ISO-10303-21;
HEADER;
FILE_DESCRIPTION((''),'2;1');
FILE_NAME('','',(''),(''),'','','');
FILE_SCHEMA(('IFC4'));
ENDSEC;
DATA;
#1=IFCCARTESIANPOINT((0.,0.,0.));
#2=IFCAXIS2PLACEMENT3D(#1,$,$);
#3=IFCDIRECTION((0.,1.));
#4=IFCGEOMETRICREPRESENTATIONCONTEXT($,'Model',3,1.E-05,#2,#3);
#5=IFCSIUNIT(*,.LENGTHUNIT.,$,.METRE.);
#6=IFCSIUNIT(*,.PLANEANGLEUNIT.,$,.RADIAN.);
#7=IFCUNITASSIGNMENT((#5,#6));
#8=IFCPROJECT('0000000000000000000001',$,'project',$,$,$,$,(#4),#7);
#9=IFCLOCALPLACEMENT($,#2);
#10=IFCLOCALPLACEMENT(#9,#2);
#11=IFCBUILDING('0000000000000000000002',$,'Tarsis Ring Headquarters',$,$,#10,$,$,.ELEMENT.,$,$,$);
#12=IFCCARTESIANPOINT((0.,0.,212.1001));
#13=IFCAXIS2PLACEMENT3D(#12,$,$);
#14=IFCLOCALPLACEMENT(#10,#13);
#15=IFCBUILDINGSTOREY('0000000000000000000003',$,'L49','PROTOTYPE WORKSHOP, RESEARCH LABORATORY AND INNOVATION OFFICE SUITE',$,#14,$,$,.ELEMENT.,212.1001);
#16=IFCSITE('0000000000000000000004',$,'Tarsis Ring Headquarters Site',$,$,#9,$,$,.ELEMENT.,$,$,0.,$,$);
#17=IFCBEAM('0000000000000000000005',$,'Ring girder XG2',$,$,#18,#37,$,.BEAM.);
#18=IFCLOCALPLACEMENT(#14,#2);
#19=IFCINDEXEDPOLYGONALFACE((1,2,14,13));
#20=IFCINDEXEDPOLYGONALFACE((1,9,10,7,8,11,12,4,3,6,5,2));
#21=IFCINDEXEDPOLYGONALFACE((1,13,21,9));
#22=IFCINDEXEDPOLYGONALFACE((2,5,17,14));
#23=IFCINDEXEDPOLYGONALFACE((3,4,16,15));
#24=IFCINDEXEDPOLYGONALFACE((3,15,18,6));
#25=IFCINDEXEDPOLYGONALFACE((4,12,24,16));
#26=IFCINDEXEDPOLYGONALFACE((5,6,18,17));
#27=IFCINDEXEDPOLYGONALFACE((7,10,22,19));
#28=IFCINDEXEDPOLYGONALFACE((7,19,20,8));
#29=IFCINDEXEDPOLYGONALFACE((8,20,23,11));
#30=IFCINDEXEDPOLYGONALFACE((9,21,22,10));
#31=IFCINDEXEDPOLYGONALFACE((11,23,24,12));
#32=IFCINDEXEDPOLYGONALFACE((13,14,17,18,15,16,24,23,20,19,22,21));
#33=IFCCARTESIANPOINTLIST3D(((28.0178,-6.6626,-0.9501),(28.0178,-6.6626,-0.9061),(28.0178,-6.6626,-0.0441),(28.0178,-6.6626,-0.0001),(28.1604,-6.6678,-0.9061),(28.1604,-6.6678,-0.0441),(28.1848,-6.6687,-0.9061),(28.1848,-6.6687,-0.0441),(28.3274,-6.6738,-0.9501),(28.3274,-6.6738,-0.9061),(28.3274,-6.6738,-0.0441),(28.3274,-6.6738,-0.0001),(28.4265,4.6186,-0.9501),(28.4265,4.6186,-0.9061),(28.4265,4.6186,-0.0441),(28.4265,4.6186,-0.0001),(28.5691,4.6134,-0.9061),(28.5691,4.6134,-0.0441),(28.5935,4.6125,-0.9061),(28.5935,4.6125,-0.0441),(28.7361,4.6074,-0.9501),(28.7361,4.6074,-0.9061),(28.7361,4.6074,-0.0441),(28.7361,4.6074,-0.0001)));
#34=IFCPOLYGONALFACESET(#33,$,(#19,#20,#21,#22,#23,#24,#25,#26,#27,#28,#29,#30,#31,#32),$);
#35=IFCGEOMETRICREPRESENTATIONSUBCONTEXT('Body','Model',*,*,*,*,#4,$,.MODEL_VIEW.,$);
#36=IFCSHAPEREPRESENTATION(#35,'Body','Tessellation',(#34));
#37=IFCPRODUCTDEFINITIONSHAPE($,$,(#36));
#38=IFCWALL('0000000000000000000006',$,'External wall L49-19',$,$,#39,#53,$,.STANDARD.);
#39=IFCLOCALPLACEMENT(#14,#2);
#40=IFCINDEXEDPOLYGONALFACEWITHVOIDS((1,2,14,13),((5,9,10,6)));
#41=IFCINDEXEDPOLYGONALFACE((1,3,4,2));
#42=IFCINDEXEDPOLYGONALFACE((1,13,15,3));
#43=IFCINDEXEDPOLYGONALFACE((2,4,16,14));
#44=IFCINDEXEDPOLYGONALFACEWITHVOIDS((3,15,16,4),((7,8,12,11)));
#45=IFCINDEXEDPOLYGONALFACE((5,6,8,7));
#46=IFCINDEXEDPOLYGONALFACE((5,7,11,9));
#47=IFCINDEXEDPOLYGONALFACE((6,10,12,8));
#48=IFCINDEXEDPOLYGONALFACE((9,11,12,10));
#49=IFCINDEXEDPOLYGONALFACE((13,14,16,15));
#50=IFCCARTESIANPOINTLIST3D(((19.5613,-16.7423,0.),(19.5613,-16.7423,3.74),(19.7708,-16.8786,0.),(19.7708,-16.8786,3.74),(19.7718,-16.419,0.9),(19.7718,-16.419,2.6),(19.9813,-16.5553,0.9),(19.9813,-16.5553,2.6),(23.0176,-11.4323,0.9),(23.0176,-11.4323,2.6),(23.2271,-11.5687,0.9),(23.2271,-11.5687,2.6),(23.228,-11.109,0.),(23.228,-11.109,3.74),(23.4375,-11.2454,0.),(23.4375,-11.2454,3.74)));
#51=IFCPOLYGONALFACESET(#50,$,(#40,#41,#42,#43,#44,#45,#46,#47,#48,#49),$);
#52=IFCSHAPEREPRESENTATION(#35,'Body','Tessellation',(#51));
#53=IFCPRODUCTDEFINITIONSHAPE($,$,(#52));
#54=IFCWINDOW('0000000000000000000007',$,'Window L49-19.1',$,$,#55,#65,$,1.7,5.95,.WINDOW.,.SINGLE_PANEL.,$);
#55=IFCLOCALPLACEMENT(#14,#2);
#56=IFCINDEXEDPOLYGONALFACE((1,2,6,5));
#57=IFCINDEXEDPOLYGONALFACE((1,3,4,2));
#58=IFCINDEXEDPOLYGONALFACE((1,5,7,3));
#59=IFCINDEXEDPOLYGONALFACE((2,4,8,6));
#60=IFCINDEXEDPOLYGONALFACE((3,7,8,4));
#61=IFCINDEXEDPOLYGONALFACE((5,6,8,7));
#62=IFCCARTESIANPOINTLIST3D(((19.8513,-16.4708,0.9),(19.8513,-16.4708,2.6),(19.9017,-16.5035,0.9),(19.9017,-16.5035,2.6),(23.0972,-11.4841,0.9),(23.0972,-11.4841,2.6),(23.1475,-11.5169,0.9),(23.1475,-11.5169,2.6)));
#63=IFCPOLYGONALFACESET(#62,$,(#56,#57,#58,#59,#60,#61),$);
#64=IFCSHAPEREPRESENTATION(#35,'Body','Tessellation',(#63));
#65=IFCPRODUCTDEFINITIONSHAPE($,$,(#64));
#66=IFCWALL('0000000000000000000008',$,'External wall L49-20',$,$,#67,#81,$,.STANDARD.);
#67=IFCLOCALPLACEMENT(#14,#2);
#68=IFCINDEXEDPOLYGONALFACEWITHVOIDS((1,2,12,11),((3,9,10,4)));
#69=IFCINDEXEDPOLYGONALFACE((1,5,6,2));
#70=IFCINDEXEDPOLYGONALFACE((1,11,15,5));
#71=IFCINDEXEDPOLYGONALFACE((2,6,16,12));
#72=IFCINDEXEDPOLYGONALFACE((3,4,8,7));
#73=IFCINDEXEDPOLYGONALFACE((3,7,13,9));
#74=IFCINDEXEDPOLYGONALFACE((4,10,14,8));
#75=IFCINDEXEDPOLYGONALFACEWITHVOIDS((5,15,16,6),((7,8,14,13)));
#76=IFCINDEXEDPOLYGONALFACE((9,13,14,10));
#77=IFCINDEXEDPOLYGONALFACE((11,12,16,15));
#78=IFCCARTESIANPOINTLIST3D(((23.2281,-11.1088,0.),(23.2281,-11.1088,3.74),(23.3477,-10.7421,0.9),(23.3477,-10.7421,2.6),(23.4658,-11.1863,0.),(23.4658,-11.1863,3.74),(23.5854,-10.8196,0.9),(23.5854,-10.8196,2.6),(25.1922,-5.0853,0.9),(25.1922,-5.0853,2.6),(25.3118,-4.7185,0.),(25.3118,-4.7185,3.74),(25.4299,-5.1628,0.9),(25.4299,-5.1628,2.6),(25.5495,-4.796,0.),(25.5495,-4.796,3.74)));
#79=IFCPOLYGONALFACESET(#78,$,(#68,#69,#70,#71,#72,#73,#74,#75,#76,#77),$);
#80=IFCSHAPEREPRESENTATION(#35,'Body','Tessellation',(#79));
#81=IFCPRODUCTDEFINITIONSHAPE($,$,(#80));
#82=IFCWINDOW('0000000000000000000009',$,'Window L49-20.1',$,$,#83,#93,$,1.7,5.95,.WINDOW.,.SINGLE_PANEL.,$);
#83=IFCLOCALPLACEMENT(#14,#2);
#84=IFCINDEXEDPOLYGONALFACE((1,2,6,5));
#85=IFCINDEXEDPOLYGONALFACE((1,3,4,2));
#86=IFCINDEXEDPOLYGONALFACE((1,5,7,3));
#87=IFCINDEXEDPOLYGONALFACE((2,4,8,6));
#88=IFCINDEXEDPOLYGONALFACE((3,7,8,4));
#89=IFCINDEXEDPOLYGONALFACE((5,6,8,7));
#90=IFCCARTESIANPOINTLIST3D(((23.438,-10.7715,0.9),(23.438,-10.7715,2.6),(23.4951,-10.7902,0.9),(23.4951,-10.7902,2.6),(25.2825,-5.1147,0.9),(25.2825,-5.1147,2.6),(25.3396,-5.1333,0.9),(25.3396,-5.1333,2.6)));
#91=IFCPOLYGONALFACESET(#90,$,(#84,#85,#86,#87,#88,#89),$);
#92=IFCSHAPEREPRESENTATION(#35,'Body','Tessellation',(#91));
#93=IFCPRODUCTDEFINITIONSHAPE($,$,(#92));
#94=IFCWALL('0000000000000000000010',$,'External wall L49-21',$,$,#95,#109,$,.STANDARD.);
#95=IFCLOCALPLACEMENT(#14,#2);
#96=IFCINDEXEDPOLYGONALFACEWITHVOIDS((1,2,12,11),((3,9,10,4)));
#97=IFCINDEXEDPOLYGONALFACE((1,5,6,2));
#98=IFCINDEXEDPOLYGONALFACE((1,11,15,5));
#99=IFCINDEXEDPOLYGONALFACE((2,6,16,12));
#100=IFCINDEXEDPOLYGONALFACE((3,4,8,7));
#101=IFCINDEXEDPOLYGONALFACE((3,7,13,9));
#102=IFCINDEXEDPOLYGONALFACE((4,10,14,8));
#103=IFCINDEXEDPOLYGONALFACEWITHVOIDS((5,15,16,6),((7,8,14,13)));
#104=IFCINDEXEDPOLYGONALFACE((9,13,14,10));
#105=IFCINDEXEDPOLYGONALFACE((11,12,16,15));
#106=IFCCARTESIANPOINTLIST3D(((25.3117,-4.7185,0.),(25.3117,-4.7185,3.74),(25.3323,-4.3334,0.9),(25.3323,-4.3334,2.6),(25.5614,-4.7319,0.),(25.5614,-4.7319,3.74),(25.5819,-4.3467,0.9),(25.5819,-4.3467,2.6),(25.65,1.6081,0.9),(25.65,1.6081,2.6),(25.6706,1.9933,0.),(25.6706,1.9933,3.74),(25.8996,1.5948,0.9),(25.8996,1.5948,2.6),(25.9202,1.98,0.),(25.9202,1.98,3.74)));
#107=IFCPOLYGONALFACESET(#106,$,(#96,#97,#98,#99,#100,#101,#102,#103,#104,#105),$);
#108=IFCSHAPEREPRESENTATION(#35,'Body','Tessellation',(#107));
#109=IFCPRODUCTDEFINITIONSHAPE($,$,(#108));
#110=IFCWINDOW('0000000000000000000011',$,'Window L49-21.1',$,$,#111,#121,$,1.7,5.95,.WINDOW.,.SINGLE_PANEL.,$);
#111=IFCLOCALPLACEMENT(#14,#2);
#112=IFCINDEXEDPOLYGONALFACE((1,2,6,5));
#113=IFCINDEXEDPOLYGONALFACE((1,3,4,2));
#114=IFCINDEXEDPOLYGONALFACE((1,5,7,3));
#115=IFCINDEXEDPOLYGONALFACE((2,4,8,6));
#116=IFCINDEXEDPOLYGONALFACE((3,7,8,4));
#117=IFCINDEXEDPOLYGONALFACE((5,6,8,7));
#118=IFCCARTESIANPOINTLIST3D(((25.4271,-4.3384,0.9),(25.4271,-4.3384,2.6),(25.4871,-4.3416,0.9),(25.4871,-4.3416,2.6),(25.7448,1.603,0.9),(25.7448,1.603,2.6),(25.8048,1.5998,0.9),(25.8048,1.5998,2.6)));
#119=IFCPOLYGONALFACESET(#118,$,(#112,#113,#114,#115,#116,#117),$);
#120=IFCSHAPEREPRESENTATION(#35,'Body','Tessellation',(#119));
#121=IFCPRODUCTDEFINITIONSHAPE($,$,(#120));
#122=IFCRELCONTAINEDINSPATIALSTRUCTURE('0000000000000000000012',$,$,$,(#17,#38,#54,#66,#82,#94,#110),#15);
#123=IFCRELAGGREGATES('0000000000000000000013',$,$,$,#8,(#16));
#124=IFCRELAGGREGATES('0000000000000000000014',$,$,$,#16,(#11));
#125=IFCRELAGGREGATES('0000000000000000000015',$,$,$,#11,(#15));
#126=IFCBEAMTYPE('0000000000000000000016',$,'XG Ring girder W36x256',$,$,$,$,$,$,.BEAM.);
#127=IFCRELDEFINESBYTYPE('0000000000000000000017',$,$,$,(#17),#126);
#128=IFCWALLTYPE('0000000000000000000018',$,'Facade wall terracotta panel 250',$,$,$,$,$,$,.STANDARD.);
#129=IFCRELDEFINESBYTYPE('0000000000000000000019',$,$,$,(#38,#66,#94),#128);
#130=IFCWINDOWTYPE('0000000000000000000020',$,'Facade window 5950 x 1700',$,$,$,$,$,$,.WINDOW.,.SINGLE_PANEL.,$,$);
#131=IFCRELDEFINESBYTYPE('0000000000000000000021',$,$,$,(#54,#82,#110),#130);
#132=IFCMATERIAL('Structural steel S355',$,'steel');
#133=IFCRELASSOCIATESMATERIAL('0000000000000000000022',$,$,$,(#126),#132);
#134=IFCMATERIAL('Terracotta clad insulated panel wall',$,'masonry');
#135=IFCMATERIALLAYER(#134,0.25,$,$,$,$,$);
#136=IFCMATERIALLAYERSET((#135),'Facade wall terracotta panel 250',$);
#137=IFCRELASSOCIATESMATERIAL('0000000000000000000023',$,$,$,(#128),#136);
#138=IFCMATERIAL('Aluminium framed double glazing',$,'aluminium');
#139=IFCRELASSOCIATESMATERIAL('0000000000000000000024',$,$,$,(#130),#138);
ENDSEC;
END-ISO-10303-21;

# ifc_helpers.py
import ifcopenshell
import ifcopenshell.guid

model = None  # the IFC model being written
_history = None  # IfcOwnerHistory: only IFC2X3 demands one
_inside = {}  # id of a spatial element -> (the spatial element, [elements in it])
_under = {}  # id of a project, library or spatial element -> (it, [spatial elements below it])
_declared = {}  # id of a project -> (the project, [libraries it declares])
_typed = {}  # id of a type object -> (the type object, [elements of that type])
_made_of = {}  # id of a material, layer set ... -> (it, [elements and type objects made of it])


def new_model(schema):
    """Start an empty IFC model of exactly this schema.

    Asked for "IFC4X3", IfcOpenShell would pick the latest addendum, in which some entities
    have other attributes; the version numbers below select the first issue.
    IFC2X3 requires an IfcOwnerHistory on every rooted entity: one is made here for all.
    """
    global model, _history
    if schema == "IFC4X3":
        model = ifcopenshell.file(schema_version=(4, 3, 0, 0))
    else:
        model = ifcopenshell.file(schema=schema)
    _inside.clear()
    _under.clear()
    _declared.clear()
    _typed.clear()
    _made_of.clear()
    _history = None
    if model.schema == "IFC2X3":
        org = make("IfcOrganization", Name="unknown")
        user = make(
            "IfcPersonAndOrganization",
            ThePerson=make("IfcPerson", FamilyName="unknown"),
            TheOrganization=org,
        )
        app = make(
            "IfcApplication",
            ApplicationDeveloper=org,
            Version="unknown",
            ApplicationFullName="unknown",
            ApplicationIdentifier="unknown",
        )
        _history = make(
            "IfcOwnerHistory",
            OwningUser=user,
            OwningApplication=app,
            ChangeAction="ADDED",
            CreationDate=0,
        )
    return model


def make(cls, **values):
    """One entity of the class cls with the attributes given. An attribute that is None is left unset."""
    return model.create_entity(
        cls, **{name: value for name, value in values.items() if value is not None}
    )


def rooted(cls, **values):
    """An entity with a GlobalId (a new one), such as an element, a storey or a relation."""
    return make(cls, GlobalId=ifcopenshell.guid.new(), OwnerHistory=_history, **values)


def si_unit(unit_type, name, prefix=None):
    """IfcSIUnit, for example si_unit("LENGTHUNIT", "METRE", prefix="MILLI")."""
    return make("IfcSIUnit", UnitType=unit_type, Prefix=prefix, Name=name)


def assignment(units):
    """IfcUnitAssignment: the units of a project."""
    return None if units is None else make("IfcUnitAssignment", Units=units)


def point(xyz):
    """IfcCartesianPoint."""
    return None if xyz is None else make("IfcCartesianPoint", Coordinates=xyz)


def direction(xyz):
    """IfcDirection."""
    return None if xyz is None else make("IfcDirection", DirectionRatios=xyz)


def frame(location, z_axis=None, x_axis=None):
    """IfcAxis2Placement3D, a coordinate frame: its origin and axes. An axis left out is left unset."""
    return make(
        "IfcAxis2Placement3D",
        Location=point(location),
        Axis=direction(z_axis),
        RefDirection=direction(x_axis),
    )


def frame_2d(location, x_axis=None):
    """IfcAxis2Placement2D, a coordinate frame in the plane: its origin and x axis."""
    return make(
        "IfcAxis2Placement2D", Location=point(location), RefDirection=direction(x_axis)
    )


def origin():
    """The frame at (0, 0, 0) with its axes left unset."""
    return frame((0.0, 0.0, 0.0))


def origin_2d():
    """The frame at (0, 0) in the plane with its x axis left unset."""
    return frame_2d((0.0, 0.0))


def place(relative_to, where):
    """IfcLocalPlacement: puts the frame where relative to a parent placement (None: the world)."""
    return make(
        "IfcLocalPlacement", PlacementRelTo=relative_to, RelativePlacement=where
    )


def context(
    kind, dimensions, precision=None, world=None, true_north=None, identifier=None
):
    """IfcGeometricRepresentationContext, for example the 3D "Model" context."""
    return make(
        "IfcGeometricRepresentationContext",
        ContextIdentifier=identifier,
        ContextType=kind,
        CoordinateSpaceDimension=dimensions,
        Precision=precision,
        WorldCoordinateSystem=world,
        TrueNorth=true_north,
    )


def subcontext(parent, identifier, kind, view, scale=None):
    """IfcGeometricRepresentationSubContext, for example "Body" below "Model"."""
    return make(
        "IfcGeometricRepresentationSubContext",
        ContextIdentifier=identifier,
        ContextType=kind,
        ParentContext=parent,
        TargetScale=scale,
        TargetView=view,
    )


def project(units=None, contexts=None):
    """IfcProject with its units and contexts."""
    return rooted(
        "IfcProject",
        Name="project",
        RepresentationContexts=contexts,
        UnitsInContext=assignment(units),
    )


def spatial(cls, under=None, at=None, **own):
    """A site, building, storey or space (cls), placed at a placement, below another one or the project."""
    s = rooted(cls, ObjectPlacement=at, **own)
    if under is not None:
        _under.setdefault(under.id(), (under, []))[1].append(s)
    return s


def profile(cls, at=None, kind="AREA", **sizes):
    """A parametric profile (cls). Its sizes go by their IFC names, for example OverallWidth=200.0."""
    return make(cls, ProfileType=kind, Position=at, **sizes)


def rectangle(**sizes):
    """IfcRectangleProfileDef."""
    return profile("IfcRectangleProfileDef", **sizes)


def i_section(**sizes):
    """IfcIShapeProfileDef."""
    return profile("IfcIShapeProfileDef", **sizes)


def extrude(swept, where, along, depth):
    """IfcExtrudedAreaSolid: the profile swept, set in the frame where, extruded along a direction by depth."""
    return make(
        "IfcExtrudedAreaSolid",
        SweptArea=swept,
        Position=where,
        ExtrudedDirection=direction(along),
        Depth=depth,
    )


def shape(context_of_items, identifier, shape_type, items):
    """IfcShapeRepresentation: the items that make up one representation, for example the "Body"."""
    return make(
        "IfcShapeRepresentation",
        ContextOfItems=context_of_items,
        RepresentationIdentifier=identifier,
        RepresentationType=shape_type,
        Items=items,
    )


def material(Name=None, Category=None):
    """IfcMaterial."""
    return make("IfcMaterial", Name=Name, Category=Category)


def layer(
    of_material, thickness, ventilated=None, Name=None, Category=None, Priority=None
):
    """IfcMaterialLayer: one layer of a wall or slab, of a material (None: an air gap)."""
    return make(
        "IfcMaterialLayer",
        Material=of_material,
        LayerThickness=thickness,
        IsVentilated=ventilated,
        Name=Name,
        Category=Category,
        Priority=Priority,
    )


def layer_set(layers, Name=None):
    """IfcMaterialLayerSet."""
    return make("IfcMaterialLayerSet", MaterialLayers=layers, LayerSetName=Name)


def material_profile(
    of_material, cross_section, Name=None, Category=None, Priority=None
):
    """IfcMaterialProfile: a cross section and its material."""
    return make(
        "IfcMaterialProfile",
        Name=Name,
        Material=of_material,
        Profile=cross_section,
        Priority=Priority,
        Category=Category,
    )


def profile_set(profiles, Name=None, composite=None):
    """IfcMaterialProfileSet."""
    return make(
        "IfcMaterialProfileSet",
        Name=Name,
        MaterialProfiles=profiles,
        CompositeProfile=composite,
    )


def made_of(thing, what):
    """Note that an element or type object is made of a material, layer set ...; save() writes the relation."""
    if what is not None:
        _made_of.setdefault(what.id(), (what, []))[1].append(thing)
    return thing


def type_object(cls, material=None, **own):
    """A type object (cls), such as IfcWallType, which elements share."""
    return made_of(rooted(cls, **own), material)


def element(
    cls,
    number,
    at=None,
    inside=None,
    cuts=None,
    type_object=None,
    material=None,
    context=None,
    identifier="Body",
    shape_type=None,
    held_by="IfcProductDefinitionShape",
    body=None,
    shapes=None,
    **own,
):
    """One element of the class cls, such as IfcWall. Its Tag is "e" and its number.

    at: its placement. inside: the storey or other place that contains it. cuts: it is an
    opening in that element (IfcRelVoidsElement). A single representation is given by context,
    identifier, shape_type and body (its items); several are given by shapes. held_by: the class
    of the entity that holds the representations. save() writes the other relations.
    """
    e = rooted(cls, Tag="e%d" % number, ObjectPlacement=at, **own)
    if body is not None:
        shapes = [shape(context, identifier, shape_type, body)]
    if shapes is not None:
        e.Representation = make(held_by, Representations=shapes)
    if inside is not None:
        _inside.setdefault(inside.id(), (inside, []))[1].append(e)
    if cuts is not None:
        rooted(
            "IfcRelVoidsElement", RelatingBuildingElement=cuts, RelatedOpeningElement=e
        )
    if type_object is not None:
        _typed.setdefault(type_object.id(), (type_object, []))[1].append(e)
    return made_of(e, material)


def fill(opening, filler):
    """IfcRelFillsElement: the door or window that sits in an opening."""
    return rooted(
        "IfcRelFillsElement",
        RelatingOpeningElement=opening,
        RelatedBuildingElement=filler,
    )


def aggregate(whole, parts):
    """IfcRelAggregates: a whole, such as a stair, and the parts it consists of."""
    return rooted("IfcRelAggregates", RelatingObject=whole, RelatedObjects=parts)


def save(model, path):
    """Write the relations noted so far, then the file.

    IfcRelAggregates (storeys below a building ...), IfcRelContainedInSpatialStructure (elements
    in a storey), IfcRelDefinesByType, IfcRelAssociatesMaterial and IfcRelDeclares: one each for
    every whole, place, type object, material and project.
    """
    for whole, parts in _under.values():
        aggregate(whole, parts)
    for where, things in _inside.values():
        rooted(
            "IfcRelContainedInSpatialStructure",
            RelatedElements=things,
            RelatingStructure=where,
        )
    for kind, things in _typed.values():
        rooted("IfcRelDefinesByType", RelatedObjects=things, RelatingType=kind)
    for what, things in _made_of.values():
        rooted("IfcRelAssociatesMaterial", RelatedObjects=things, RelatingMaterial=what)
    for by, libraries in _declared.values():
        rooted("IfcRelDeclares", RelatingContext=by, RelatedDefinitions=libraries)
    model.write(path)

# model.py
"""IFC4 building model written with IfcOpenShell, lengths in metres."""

from ifc_helpers import new_model, si_unit, direction, frame, frame_2d, origin, origin_2d, place, context, subcontext, project, spatial, rectangle, i_section, extrude, material, layer, layer_set, material_profile, profile_set, type_object, element, fill, save


model = new_model("IFC4")

# Units and contexts
model_context = context("Model", 3, precision=1e-05, world=origin(), true_north=direction((0.0, 1.0)))
body_context = subcontext(model_context, "Body", "Model", "MODEL_VIEW")
ifc_project = project(units=[si_unit("LENGTHUNIT", "METRE"), si_unit("PLANEANGLEUNIT", "RADIAN")], contexts=[model_context])

# Site, building, storey
site_placement = place(None, origin())
site = spatial("IfcSite", under=ifc_project, at=site_placement, Name="Tarsis Ring Headquarters Site", CompositionType="ELEMENT", RefElevation=0.0)
building_placement = place(site_placement, origin())
building = spatial("IfcBuilding", under=site, at=building_placement, Name="Tarsis Ring Headquarters", CompositionType="ELEMENT")
storey_placement = place(building_placement, frame((0.0, 0.0, 212.1001)))
storey = spatial("IfcBuildingStorey", under=building, at=storey_placement, Name="L49", Description="PROTOTYPE WORKSHOP, RESEARCH LABORATORY AND INNOVATION OFFICE SUITE", CompositionType="ELEMENT", Elevation=212.1001)

# Shared definitions
ifc_material_1 = material(Name="Structural steel S355", Category="steel")

# Beam
ifc_material_profile_1 = material_profile(ifc_material_1, i_section(OverallWidth=0.3098, OverallDepth=0.95, WebThickness=0.0244, FlangeThickness=0.0439, at=origin_2d()), Name="W36x256")
ifc_profile_set_1 = profile_set([ifc_material_profile_1], Name="Structural steel S355")
beam_type = type_object("IfcBeamType", Name="XG Ring girder W36x256", PredefinedType="BEAM", material=ifc_profile_set_1)
beam_1_placement = place(storey_placement, frame((28.1726, -6.6682, -0.4751), z_axis=(0.036204, 0.999344, 0.0), x_axis=(-0.999344, 0.036204, 0.0)))
element("IfcBeam", 1, at=beam_1_placement, inside=storey, type_object=beam_type, Name="Ring girder XG2", PredefinedType="BEAM", context=body_context, shape_type="SweptSolid", body=[
    extrude(i_section(OverallWidth=0.3098, OverallDepth=0.95, WebThickness=0.0244, FlangeThickness=0.0439, at=origin_2d()), origin(), (0.0, 0.0, 1.0), 11.2886),
])

# Walls, openings, windows
ifc_material_2 = material(Name="Terracotta clad insulated panel wall", Category="masonry")
ifc_layer = layer(ifc_material_2, 0.25)
ifc_layer_set = layer_set([ifc_layer], Name="Facade wall terracotta panel 250")
wall_type = type_object("IfcWallType", Name="Facade wall terracotta panel 250", PredefinedType="STANDARD", material=ifc_layer_set)
wall_1_placement = place(storey_placement, frame((19.666, -16.8105, 0.0), z_axis=(0.0, 0.0, 1.0), x_axis=(0.545522, 0.838097, 0.0)))
wall_1 = element("IfcWall", 2, at=wall_1_placement, inside=storey, type_object=wall_type, Name="External wall L49-19", PredefinedType="STANDARD", context=body_context, shape_type="SweptSolid", body=[
    extrude(rectangle(XDim=6.7214, YDim=0.25, at=frame_2d((3.3608, 0.0))), origin(), (0.0, 0.0, 1.0), 3.74),
])
opening_1_placement = place(wall_1_placement, frame((0.3857, 0.0, 0.8999)))
opening_1 = element("IfcOpeningElement", 3, at=opening_1_placement, cuts=wall_1, PredefinedType="OPENING", context=body_context, shape_type="SweptSolid", body=[
    extrude(rectangle(XDim=5.95, YDim=1.7, at=frame_2d((2.9751, 0.8501))), frame((0.0, 0.135, 0.0), z_axis=(0.0, -1.0, 0.0), x_axis=(1.0, 0.0, 0.0)), (0.0, 0.0, 1.0), 0.27),
])
ifc_material_3 = material(Name="Aluminium framed double glazing", Category="aluminium")
window_type = type_object("IfcWindowType", Name="Facade window 5950 x 1700", PartitioningType="SINGLE_PANEL", PredefinedType="WINDOW", material=ifc_material_3)
window_1_placement = place(opening_1_placement, origin())
window_1 = element("IfcWindow", 4, at=window_1_placement, inside=storey, type_object=window_type, Name="Window L49-19.1", OverallHeight=1.7, OverallWidth=5.95, PartitioningType="SINGLE_PANEL", PredefinedType="WINDOW", context=body_context, shape_type="SweptSolid", body=[
    extrude(rectangle(XDim=5.95, YDim=1.7, at=frame_2d((2.9751, 0.8501))), frame((0.0, 0.03, 0.0), z_axis=(0.0, -1.0, 0.0), x_axis=(1.0, 0.0, 0.0)), (0.0, 0.0, 1.0), 0.0601),
])
fill(opening_1, window_1)
wall_2_placement = place(storey_placement, frame((23.3469, -11.1477, 0.0), z_axis=(0.0, 0.0, 1.0), x_axis=(0.31001, 0.950733, 0.0)))
wall_2 = element("IfcWall", 5, at=wall_2_placement, inside=storey, type_object=wall_type, Name="External wall L49-20", PredefinedType="STANDARD", context=body_context, shape_type="SweptSolid", body=[
    extrude(rectangle(XDim=6.7214, YDim=0.25, at=frame_2d((3.3608, 0.0))), origin(), (0.0, 0.0, 1.0), 3.74),
])
opening_2_placement = place(wall_2_placement, frame((0.3857, 0.0, 0.8999)))
opening_2 = element("IfcOpeningElement", 6, at=opening_2_placement, cuts=wall_2, PredefinedType="OPENING", context=body_context, shape_type="SweptSolid", body=[
    extrude(rectangle(XDim=5.95, YDim=1.7, at=frame_2d((2.9751, 0.8501))), frame((0.0, 0.135, 0.0), z_axis=(0.0, -1.0, 0.0), x_axis=(1.0, 0.0, 0.0)), (0.0, 0.0, 1.0), 0.27),
])
window_2_placement = place(opening_2_placement, origin())
window_2 = element("IfcWindow", 7, at=window_2_placement, inside=storey, type_object=window_type, Name="Window L49-20.1", OverallHeight=1.7, OverallWidth=5.95, PartitioningType="SINGLE_PANEL", PredefinedType="WINDOW", context=body_context, shape_type="SweptSolid", body=[
    extrude(rectangle(XDim=5.95, YDim=1.7, at=frame_2d((2.9751, 0.8501))), frame((0.0, 0.03, 0.0), z_axis=(0.0, -1.0, 0.0), x_axis=(1.0, 0.0, 0.0)), (0.0, 0.0, 1.0), 0.0601),
])
fill(opening_2, window_2)
wall_3_placement = place(storey_placement, frame((25.4365, -4.7253, 0.0), z_axis=(0.0, 0.0, 1.0), x_axis=(0.053394, 0.998574, 0.0)))
wall_3 = element("IfcWall", 8, at=wall_3_placement, inside=storey, type_object=wall_type, Name="External wall L49-21", PredefinedType="STANDARD", context=body_context, shape_type="SweptSolid", body=[
    extrude(rectangle(XDim=6.7214, YDim=0.25, at=frame_2d((3.3608, 0.0))), origin(), (0.0, 0.0, 1.0), 3.74),
])
opening_3_placement = place(wall_3_placement, frame((0.3857, 0.0, 0.8999)))
opening_3 = element("IfcOpeningElement", 9, at=opening_3_placement, cuts=wall_3, PredefinedType="OPENING", context=body_context, shape_type="SweptSolid", body=[
    extrude(rectangle(XDim=5.95, YDim=1.7, at=frame_2d((2.9751, 0.8501))), frame((0.0, 0.135, 0.0), z_axis=(0.0, -1.0, 0.0), x_axis=(1.0, 0.0, 0.0)), (0.0, 0.0, 1.0), 0.27),
])
window_3_placement = place(opening_3_placement, origin())
window_3 = element("IfcWindow", 10, at=window_3_placement, inside=storey, type_object=window_type, Name="Window L49-21.1", OverallHeight=1.7, OverallWidth=5.95, PartitioningType="SINGLE_PANEL", PredefinedType="WINDOW", context=body_context, shape_type="SweptSolid", body=[
    extrude(rectangle(XDim=5.95, YDim=1.7, at=frame_2d((2.9751, 0.8501))), frame((0.0, 0.03, 0.0), z_axis=(0.0, -1.0, 0.0), x_axis=(1.0, 0.0, 0.0)), (0.0, 0.0, 1.0), 0.0601),
])
fill(opening_3, window_3)

save(model, "model.ifc")
